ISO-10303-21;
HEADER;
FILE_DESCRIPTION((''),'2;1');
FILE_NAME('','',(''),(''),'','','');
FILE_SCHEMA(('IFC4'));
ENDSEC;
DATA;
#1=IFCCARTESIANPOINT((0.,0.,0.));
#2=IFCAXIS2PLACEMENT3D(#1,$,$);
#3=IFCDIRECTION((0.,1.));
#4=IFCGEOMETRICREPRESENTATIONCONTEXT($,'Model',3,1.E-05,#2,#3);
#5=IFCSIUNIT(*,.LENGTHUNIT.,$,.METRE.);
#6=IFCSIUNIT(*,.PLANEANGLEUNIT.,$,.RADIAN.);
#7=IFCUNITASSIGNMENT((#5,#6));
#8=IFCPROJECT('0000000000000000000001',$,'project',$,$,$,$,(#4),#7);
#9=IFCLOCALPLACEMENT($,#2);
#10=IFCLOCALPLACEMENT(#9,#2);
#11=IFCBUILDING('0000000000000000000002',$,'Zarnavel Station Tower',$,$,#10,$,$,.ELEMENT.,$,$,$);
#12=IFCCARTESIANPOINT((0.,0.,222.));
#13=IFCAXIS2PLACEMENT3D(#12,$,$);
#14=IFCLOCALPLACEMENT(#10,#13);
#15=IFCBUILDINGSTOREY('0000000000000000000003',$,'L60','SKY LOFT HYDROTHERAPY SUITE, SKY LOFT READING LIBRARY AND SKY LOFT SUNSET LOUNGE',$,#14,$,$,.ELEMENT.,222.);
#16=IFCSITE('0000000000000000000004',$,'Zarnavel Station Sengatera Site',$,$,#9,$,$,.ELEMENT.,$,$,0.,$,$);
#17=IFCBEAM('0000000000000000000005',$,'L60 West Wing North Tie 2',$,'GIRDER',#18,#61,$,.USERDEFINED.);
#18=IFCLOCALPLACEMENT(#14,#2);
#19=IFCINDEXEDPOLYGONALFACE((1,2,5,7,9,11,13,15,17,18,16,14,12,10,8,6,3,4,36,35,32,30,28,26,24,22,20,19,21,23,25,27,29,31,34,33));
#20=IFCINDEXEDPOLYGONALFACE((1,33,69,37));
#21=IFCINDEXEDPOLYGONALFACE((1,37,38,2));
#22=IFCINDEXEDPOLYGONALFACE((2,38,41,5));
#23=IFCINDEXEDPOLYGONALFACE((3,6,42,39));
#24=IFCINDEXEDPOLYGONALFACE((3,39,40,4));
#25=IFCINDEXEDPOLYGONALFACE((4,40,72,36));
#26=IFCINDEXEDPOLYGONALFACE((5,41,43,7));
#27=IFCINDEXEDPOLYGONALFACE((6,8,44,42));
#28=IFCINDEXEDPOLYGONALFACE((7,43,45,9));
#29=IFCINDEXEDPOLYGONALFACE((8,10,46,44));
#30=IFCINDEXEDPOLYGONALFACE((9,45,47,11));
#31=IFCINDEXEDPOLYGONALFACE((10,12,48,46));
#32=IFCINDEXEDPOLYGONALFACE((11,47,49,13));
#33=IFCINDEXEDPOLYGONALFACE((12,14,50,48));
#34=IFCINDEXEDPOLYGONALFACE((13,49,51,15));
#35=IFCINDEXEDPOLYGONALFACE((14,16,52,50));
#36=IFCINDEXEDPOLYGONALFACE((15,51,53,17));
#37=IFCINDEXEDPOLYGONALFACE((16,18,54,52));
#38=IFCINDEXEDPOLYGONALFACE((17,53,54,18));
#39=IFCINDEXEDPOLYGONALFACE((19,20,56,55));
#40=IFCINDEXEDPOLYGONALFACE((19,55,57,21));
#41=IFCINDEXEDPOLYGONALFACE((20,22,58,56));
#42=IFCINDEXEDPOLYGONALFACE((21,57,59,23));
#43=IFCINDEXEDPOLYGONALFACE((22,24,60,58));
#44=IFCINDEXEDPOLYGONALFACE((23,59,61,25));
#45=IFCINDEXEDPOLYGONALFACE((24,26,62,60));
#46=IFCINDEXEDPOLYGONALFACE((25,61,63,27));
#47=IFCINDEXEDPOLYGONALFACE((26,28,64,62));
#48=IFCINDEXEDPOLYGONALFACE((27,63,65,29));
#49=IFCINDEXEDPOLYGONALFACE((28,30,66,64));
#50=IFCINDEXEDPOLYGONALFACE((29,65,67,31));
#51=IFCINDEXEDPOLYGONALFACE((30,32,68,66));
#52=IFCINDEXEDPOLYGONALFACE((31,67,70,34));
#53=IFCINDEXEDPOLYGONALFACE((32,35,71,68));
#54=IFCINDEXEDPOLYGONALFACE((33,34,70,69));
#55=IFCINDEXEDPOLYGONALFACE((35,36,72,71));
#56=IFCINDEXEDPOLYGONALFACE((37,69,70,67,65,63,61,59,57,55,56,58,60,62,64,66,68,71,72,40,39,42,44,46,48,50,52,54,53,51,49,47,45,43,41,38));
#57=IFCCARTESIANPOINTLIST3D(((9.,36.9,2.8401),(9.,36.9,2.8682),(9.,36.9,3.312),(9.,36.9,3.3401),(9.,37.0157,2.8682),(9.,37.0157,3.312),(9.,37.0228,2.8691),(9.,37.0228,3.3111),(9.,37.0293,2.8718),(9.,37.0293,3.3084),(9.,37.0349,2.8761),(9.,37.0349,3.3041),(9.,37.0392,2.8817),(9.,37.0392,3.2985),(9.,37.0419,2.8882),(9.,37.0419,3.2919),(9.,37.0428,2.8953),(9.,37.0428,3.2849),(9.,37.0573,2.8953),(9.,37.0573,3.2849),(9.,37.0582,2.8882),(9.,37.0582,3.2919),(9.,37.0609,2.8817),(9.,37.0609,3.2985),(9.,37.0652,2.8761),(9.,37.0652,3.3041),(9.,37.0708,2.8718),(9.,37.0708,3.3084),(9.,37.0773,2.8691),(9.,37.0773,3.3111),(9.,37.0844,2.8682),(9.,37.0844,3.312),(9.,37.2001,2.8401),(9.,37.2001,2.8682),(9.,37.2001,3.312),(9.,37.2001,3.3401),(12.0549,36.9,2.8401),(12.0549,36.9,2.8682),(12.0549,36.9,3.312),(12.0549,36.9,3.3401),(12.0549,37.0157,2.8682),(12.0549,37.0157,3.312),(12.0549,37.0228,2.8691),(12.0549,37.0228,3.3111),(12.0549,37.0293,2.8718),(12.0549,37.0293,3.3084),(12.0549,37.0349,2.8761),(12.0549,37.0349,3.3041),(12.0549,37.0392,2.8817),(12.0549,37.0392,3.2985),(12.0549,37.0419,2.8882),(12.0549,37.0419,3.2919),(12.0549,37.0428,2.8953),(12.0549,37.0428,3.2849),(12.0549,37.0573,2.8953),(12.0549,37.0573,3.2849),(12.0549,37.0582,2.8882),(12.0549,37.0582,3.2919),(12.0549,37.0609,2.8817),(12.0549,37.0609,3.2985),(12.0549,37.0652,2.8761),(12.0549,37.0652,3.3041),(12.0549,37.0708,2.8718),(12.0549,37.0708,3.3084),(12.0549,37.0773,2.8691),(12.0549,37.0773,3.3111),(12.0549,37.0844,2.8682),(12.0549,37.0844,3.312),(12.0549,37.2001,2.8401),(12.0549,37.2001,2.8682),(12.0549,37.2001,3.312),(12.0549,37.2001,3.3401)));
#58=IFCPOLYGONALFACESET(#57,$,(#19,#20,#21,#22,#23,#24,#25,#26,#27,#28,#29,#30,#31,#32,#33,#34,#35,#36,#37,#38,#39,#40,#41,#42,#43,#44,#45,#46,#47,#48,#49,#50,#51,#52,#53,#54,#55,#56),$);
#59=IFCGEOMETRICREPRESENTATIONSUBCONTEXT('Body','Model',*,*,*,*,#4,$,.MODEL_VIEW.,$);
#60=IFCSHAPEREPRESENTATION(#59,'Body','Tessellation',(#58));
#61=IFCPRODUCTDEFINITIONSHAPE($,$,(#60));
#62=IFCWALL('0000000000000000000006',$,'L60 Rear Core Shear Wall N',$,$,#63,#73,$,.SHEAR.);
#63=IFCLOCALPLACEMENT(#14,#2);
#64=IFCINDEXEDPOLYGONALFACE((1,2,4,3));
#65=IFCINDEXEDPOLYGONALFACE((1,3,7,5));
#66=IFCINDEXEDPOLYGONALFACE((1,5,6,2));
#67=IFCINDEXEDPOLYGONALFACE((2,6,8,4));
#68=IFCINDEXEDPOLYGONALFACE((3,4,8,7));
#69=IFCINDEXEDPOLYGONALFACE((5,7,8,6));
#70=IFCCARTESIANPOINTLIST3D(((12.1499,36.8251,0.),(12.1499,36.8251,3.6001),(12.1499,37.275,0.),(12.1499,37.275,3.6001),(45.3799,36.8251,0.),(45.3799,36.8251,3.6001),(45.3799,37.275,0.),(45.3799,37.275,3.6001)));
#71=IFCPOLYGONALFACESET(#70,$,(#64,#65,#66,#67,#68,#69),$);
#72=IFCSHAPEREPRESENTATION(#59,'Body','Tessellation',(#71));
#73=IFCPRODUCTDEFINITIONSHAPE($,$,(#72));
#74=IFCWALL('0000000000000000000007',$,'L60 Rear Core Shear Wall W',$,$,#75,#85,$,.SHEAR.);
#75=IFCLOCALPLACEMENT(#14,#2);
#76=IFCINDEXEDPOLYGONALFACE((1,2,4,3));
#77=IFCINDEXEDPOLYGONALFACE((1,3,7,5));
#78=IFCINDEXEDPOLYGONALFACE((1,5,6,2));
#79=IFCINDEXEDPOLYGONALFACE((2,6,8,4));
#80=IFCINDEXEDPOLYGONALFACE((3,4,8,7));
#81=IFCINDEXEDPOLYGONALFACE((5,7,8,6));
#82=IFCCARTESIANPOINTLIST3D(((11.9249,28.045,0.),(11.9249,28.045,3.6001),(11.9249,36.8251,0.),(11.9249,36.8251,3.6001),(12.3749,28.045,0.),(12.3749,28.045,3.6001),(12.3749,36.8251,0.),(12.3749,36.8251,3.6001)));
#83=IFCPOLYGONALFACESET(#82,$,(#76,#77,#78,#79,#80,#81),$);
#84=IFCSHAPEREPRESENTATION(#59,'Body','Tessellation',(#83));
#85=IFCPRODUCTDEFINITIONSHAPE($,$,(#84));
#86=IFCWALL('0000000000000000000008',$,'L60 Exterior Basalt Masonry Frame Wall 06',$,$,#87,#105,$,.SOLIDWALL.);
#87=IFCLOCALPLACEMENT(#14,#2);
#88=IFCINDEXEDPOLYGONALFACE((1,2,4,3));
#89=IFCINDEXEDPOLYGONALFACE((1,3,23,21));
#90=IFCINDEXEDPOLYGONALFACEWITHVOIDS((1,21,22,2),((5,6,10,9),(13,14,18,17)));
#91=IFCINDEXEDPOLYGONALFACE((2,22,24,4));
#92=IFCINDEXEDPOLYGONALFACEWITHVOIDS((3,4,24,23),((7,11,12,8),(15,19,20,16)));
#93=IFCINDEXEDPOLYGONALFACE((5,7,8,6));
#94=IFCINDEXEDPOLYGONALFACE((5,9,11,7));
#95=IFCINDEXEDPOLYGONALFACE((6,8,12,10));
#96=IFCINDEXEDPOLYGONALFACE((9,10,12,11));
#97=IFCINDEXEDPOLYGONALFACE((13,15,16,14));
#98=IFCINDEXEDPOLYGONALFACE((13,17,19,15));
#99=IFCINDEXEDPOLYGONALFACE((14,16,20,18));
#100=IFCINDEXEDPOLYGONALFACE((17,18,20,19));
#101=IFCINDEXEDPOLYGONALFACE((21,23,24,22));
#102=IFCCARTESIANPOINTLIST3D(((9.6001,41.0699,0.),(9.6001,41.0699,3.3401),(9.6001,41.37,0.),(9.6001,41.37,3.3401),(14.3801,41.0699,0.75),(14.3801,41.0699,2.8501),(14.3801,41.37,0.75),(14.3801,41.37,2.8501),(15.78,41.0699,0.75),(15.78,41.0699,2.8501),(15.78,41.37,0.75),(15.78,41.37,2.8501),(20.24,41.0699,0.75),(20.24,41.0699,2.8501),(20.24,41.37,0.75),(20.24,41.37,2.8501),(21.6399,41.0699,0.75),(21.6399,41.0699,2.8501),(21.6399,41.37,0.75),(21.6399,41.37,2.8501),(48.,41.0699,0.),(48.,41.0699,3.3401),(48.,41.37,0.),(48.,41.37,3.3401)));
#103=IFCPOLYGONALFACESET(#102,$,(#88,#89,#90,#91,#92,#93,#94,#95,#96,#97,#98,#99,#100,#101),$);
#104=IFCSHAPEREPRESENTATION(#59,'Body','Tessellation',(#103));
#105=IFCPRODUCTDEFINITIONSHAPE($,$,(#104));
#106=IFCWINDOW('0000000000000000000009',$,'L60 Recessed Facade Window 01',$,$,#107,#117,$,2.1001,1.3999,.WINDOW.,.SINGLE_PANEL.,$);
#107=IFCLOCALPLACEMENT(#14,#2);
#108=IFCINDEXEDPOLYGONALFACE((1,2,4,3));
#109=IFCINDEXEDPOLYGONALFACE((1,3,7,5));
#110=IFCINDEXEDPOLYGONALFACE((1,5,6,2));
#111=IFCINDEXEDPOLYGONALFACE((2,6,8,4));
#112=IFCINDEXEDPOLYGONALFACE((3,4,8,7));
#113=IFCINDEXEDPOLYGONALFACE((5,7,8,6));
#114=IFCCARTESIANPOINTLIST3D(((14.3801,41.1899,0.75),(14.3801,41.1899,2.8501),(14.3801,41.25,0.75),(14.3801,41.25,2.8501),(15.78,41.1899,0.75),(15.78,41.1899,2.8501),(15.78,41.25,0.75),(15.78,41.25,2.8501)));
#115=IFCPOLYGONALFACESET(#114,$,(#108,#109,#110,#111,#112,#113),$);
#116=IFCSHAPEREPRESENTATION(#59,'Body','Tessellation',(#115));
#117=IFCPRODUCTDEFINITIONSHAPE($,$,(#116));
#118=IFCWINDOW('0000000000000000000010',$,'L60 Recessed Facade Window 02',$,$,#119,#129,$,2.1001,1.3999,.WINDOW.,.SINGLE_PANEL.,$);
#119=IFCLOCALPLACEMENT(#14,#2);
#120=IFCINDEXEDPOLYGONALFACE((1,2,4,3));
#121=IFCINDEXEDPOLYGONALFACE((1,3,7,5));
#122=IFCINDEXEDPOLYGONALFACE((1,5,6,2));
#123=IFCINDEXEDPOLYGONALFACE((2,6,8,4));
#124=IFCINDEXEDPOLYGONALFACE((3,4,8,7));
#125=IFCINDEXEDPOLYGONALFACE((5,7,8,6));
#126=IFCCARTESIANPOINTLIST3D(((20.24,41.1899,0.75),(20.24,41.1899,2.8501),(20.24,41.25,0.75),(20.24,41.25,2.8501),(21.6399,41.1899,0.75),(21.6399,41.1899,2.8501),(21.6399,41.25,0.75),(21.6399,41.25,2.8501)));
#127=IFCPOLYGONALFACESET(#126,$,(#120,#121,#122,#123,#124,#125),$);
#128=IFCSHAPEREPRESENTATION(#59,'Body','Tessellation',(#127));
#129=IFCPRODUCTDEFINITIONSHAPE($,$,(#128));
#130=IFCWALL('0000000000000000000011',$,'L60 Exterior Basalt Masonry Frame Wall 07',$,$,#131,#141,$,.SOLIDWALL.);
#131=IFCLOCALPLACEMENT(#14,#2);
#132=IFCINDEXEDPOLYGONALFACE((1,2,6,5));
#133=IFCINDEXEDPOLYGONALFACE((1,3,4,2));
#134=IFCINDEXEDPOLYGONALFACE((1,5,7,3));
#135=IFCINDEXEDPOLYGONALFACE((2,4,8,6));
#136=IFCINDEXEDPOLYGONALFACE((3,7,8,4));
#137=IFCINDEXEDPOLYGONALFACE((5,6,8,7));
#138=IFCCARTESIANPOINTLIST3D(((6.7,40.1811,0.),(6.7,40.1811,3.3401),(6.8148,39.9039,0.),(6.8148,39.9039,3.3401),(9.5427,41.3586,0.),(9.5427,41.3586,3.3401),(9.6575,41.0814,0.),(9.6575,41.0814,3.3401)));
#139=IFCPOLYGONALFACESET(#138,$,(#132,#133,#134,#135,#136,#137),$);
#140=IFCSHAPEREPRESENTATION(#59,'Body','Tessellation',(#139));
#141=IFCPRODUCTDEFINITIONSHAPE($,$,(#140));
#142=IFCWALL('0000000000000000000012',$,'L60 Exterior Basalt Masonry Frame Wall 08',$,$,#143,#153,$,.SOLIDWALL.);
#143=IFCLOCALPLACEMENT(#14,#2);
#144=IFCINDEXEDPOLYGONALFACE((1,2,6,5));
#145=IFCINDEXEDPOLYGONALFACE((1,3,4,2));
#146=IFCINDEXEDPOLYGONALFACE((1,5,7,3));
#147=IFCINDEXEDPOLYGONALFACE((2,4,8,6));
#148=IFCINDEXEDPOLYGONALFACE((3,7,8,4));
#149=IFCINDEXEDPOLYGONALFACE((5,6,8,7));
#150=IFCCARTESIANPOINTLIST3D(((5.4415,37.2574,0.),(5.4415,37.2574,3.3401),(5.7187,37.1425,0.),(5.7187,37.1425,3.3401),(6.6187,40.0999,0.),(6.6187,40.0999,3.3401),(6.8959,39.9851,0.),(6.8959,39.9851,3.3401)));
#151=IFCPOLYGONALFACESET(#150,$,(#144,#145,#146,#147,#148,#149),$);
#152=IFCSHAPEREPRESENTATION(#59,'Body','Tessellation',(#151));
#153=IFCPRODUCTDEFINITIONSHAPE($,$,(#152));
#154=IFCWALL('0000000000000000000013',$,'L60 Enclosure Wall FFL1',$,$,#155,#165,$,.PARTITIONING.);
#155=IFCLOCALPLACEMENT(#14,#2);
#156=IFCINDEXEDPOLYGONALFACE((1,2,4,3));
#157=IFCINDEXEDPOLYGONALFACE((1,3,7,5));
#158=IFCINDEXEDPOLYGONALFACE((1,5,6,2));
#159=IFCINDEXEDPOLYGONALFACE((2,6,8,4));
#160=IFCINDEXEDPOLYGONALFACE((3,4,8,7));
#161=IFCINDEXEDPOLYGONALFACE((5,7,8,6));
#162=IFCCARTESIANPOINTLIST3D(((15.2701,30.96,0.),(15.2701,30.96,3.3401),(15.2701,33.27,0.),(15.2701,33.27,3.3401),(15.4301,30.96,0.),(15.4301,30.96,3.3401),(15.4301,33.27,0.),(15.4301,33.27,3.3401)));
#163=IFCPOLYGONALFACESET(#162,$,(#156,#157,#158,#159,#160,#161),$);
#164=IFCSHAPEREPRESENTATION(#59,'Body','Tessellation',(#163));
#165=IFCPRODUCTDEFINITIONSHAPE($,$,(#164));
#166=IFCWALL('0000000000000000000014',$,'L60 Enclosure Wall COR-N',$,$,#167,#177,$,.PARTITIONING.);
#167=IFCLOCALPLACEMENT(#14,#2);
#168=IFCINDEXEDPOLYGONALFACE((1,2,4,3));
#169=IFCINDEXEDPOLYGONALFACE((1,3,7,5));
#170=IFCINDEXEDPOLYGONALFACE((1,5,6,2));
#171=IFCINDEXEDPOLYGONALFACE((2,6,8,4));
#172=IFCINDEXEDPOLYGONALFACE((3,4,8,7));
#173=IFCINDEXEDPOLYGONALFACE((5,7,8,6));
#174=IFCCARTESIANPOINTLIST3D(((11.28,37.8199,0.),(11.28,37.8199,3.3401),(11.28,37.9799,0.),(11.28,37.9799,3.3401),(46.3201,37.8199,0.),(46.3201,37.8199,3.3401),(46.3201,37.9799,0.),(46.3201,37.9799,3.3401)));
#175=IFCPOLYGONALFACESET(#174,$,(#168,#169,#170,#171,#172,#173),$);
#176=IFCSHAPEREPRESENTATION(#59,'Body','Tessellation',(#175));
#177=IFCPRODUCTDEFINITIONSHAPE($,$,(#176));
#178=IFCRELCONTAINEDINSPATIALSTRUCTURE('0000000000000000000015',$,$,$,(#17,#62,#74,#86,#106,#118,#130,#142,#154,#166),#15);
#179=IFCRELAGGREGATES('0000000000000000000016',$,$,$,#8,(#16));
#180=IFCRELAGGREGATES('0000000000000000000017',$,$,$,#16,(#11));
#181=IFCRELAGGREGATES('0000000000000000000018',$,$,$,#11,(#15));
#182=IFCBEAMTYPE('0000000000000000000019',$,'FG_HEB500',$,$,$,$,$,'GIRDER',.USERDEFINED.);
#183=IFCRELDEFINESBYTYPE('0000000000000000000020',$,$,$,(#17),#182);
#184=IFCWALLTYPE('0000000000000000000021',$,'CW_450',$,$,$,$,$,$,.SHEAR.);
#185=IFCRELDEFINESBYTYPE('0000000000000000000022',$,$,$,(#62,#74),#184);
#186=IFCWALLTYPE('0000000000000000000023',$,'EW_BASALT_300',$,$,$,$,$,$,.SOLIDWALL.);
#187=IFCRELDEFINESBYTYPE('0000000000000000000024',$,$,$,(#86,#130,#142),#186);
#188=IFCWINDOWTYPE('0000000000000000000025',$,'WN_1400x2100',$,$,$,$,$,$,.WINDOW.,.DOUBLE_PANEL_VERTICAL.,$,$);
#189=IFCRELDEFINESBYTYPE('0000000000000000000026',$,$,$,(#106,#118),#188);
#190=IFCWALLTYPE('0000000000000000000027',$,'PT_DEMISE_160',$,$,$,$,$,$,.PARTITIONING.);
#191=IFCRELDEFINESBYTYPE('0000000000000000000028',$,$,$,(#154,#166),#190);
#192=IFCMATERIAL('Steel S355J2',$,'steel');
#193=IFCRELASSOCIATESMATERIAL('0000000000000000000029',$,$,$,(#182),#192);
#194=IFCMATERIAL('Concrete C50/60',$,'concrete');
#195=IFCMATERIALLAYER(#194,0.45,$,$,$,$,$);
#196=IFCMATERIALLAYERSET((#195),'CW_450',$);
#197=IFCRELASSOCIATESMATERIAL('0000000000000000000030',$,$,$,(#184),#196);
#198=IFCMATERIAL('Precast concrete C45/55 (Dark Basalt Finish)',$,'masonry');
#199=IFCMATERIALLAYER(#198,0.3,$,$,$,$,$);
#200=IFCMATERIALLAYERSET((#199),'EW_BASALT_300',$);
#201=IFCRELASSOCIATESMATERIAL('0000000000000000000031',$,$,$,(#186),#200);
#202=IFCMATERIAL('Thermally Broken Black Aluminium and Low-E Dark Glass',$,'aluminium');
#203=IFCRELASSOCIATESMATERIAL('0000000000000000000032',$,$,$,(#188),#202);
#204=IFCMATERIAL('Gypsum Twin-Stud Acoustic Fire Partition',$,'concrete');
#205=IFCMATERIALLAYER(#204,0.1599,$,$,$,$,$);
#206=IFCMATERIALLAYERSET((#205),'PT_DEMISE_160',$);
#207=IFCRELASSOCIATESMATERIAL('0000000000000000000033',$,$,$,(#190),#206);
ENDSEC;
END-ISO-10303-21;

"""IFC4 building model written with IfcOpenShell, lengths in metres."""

from ifc_helpers import new_model, si_unit, direction, frame, frame_2d, origin, origin_2d, place, context, subcontext, project, spatial, rectangle, i_section, extrude, material, layer, layer_set, material_profile, profile_set, type_object, element, fill, save


model = new_model("IFC4")

# Units and contexts
model_context = context("Model", 3, precision=1e-05, world=origin(), true_north=direction((0.0, 1.0)))
body_context = subcontext(model_context, "Body", "Model", "MODEL_VIEW")
ifc_project = project(units=[si_unit("LENGTHUNIT", "METRE"), si_unit("PLANEANGLEUNIT", "RADIAN")], contexts=[model_context])

# Site, building, storey
site_placement = place(None, origin())
site = spatial("IfcSite", under=ifc_project, at=site_placement, Name="Zarnavel Station Sengatera Site", CompositionType="ELEMENT", RefElevation=0.0)
building_placement = place(site_placement, origin())
building = spatial("IfcBuilding", under=site, at=building_placement, Name="Zarnavel Station Tower", CompositionType="ELEMENT")
storey_placement = place(building_placement, frame((0.0, 0.0, 222.0)))
storey = spatial("IfcBuildingStorey", under=building, at=storey_placement, Name="L60", Description="SKY LOFT HYDROTHERAPY SUITE, SKY LOFT READING LIBRARY AND SKY LOFT SUNSET LOUNGE", CompositionType="ELEMENT", Elevation=222.0)

# Beam
ifc_material_1 = material(Name="Steel S355J2", Category="steel")
ifc_material_profile_1 = material_profile(ifc_material_1, i_section(OverallWidth=0.3, OverallDepth=0.5, WebThickness=0.0144, FlangeThickness=0.0281, FilletRadius=0.0271, at=origin_2d()), Name="HEB500")
ifc_profile_set_1 = profile_set([ifc_material_profile_1], Name="Steel S355J2")
beam_type = type_object("IfcBeamType", Name="FG_HEB500", ElementType="GIRDER", PredefinedType="USERDEFINED", material=ifc_profile_set_1)
beam_1_placement = place(storey_placement, frame((9.0, 37.05, 3.0901), z_axis=(1.0, 0.0, 0.0), x_axis=(0.0, 1.0, 0.0)))
element("IfcBeam", 1, at=beam_1_placement, inside=storey, type_object=beam_type, Name="L60 West Wing North Tie 2", ObjectType="GIRDER", PredefinedType="USERDEFINED", context=body_context, shape_type="SweptSolid", body=[
    extrude(i_section(OverallWidth=0.3, OverallDepth=0.5, WebThickness=0.0144, FlangeThickness=0.0281, FilletRadius=0.0271, at=origin_2d()), origin(), (0.0, 0.0, 1.0), 3.0549),
])

# Walls
ifc_material_2 = material(Name="Concrete C50/60", Category="concrete")
ifc_layer_1 = layer(ifc_material_2, 0.45)
ifc_layer_set_1 = layer_set([ifc_layer_1], Name="CW_450")
wall_type_1 = type_object("IfcWallType", Name="CW_450", PredefinedType="SHEAR", material=ifc_layer_set_1)
wall_1_placement = place(storey_placement, frame((12.1499, 37.05, 0.0), z_axis=(0.0, 0.0, 1.0), x_axis=(1.0, 0.0, 0.0)))
element("IfcWall", 2, at=wall_1_placement, inside=storey, type_object=wall_type_1, Name="L60 Rear Core Shear Wall N", PredefinedType="SHEAR", context=body_context, shape_type="SweptSolid", body=[
    extrude(rectangle(XDim=33.23, YDim=0.45, at=frame_2d((16.615, 0.0))), origin(), (0.0, 0.0, 1.0), 3.6001),
])
wall_2_placement = place(storey_placement, frame((12.1499, 28.0449, 0.0), z_axis=(0.0, 0.0, 1.0), x_axis=(0.0, 1.0, 0.0)))
element("IfcWall", 3, at=wall_2_placement, inside=storey, type_object=wall_type_1, Name="L60 Rear Core Shear Wall W", PredefinedType="SHEAR", context=body_context, shape_type="SweptSolid", body=[
    extrude(rectangle(XDim=8.78, YDim=0.45, at=frame_2d((4.3901, 0.0))), origin(), (0.0, 0.0, 1.0), 3.6001),
])

# Wall, openings, windows
ifc_material_3 = material(Name="Precast concrete C45/55 (Dark Basalt Finish)", Category="masonry")
ifc_layer_2 = layer(ifc_material_3, 0.3)
ifc_layer_set_2 = layer_set([ifc_layer_2], Name="EW_BASALT_300")
wall_type_2 = type_object("IfcWallType", Name="EW_BASALT_300", PredefinedType="SOLIDWALL", material=ifc_layer_set_2)
wall_3_placement = place(storey_placement, frame((9.6001, 41.22, 0.0), z_axis=(0.0, 0.0, 1.0), x_axis=(1.0, 0.0, 0.0)))
wall_3 = element("IfcWall", 4, at=wall_3_placement, inside=storey, type_object=wall_type_2, Name="L60 Exterior Basalt Masonry Frame Wall 06", PredefinedType="SOLIDWALL", context=body_context, shape_type="SweptSolid", body=[
    extrude(rectangle(XDim=38.3999, YDim=0.3, at=frame_2d((19.2, 0.0))), origin(), (0.0, 0.0, 1.0), 3.3401),
])
opening_1_placement = place(wall_3_placement, frame((4.78, 0.0, 0.75)))
opening_1 = element("IfcOpeningElement", 5, at=opening_1_placement, cuts=wall_3, PredefinedType="OPENING", context=body_context, shape_type="SweptSolid", body=[
    extrude(rectangle(XDim=1.3999, YDim=2.1001, at=frame_2d((0.7, 1.05))), frame((0.0, 0.1599, 0.0), z_axis=(0.0, -1.0, 0.0), x_axis=(1.0, 0.0, 0.0)), (0.0, 0.0, 1.0), 0.3201),
])
opening_2_placement = place(wall_3_placement, frame((10.6399, 0.0, 0.75)))
opening_2 = element("IfcOpeningElement", 6, at=opening_2_placement, cuts=wall_3, PredefinedType="OPENING", context=body_context, shape_type="SweptSolid", body=[
    extrude(rectangle(XDim=1.3999, YDim=2.1001, at=frame_2d((0.7, 1.05))), frame((0.0, 0.1599, 0.0), z_axis=(0.0, -1.0, 0.0), x_axis=(1.0, 0.0, 0.0)), (0.0, 0.0, 1.0), 0.3201),
])
ifc_material_4 = material(Name="Thermally Broken Black Aluminium and Low-E Dark Glass", Category="aluminium")
window_type = type_object("IfcWindowType", Name="WN_1400x2100", PartitioningType="DOUBLE_PANEL_VERTICAL", PredefinedType="WINDOW", material=ifc_material_4)
window_1_placement = place(opening_1_placement, origin())
window_1 = element("IfcWindow", 7, at=window_1_placement, inside=storey, type_object=window_type, Name="L60 Recessed Facade Window 01", OverallHeight=2.1001, OverallWidth=1.3999, PartitioningType="SINGLE_PANEL", PredefinedType="WINDOW", context=body_context, shape_type="SweptSolid", body=[
    extrude(rectangle(XDim=1.3999, YDim=2.1001, at=frame_2d((0.7, 1.05))), frame((0.0, 0.03, 0.0), z_axis=(0.0, -1.0, 0.0), x_axis=(1.0, 0.0, 0.0)), (0.0, 0.0, 1.0), 0.0601),
])
fill(opening_1, window_1)
window_2_placement = place(opening_2_placement, origin())
window_2 = element("IfcWindow", 8, at=window_2_placement, inside=storey, type_object=window_type, Name="L60 Recessed Facade Window 02", OverallHeight=2.1001, OverallWidth=1.3999, PartitioningType="SINGLE_PANEL", PredefinedType="WINDOW", context=body_context, shape_type="SweptSolid", body=[
    extrude(rectangle(XDim=1.3999, YDim=2.1001, at=frame_2d((0.7, 1.05))), frame((0.0, 0.03, 0.0), z_axis=(0.0, -1.0, 0.0), x_axis=(1.0, 0.0, 0.0)), (0.0, 0.0, 1.0), 0.0601),
])
fill(opening_2, window_2)

# Walls
wall_4_placement = place(storey_placement, frame((6.7573, 40.0425, 0.0), z_axis=(0.0, 0.0, 1.0), x_axis=(0.923882, 0.382676, 0.0)))
element("IfcWall", 9, at=wall_4_placement, inside=storey, type_object=wall_type_2, Name="L60 Exterior Basalt Masonry Frame Wall 07", PredefinedType="SOLIDWALL", context=body_context, shape_type="SweptSolid", body=[
    extrude(rectangle(XDim=3.0769, YDim=0.3, at=frame_2d((1.5386, 0.0))), origin(), (0.0, 0.0, 1.0), 3.3401),
])
wall_5_placement = place(storey_placement, frame((5.5801, 37.2, 0.0), z_axis=(0.0, 0.0, 1.0), x_axis=(0.382637, 0.923899, 0.0)))
element("IfcWall", 10, at=wall_5_placement, inside=storey, type_object=wall_type_2, Name="L60 Exterior Basalt Masonry Frame Wall 08", PredefinedType="SOLIDWALL", context=body_context, shape_type="SweptSolid", body=[
    extrude(rectangle(XDim=3.0767, YDim=0.3, at=frame_2d((1.5383, 0.0))), origin(), (0.0, 0.0, 1.0), 3.3401),
])
ifc_material_5 = material(Name="Gypsum Twin-Stud Acoustic Fire Partition", Category="concrete")
ifc_layer_3 = layer(ifc_material_5, 0.1599)
ifc_layer_set_3 = layer_set([ifc_layer_3], Name="PT_DEMISE_160")
wall_type_3 = type_object("IfcWallType", Name="PT_DEMISE_160", PredefinedType="PARTITIONING", material=ifc_layer_set_3)
wall_6_placement = place(storey_placement, frame((15.3501, 30.96, 0.0), z_axis=(0.0, 0.0, 1.0), x_axis=(0.0, 1.0, 0.0)))
element("IfcWall", 11, at=wall_6_placement, inside=storey, type_object=wall_type_3, Name="L60 Enclosure Wall FFL1", PredefinedType="PARTITIONING", context=body_context, shape_type="SweptSolid", body=[
    extrude(rectangle(XDim=2.3101, YDim=0.1599, at=frame_2d((1.155, 0.0))), origin(), (0.0, 0.0, 1.0), 3.3401),
])
wall_7_placement = place(storey_placement, frame((11.28, 37.8999, 0.0), z_axis=(0.0, 0.0, 1.0), x_axis=(1.0, 0.0, 0.0)))
element("IfcWall", 12, at=wall_7_placement, inside=storey, type_object=wall_type_3, Name="L60 Enclosure Wall COR-N", PredefinedType="PARTITIONING", context=body_context, shape_type="SweptSolid", body=[
    extrude(rectangle(XDim=35.04, YDim=0.1599, at=frame_2d((17.52, 0.0))), origin(), (0.0, 0.0, 1.0), 3.3401),
])

save(model, "model.ifc")
